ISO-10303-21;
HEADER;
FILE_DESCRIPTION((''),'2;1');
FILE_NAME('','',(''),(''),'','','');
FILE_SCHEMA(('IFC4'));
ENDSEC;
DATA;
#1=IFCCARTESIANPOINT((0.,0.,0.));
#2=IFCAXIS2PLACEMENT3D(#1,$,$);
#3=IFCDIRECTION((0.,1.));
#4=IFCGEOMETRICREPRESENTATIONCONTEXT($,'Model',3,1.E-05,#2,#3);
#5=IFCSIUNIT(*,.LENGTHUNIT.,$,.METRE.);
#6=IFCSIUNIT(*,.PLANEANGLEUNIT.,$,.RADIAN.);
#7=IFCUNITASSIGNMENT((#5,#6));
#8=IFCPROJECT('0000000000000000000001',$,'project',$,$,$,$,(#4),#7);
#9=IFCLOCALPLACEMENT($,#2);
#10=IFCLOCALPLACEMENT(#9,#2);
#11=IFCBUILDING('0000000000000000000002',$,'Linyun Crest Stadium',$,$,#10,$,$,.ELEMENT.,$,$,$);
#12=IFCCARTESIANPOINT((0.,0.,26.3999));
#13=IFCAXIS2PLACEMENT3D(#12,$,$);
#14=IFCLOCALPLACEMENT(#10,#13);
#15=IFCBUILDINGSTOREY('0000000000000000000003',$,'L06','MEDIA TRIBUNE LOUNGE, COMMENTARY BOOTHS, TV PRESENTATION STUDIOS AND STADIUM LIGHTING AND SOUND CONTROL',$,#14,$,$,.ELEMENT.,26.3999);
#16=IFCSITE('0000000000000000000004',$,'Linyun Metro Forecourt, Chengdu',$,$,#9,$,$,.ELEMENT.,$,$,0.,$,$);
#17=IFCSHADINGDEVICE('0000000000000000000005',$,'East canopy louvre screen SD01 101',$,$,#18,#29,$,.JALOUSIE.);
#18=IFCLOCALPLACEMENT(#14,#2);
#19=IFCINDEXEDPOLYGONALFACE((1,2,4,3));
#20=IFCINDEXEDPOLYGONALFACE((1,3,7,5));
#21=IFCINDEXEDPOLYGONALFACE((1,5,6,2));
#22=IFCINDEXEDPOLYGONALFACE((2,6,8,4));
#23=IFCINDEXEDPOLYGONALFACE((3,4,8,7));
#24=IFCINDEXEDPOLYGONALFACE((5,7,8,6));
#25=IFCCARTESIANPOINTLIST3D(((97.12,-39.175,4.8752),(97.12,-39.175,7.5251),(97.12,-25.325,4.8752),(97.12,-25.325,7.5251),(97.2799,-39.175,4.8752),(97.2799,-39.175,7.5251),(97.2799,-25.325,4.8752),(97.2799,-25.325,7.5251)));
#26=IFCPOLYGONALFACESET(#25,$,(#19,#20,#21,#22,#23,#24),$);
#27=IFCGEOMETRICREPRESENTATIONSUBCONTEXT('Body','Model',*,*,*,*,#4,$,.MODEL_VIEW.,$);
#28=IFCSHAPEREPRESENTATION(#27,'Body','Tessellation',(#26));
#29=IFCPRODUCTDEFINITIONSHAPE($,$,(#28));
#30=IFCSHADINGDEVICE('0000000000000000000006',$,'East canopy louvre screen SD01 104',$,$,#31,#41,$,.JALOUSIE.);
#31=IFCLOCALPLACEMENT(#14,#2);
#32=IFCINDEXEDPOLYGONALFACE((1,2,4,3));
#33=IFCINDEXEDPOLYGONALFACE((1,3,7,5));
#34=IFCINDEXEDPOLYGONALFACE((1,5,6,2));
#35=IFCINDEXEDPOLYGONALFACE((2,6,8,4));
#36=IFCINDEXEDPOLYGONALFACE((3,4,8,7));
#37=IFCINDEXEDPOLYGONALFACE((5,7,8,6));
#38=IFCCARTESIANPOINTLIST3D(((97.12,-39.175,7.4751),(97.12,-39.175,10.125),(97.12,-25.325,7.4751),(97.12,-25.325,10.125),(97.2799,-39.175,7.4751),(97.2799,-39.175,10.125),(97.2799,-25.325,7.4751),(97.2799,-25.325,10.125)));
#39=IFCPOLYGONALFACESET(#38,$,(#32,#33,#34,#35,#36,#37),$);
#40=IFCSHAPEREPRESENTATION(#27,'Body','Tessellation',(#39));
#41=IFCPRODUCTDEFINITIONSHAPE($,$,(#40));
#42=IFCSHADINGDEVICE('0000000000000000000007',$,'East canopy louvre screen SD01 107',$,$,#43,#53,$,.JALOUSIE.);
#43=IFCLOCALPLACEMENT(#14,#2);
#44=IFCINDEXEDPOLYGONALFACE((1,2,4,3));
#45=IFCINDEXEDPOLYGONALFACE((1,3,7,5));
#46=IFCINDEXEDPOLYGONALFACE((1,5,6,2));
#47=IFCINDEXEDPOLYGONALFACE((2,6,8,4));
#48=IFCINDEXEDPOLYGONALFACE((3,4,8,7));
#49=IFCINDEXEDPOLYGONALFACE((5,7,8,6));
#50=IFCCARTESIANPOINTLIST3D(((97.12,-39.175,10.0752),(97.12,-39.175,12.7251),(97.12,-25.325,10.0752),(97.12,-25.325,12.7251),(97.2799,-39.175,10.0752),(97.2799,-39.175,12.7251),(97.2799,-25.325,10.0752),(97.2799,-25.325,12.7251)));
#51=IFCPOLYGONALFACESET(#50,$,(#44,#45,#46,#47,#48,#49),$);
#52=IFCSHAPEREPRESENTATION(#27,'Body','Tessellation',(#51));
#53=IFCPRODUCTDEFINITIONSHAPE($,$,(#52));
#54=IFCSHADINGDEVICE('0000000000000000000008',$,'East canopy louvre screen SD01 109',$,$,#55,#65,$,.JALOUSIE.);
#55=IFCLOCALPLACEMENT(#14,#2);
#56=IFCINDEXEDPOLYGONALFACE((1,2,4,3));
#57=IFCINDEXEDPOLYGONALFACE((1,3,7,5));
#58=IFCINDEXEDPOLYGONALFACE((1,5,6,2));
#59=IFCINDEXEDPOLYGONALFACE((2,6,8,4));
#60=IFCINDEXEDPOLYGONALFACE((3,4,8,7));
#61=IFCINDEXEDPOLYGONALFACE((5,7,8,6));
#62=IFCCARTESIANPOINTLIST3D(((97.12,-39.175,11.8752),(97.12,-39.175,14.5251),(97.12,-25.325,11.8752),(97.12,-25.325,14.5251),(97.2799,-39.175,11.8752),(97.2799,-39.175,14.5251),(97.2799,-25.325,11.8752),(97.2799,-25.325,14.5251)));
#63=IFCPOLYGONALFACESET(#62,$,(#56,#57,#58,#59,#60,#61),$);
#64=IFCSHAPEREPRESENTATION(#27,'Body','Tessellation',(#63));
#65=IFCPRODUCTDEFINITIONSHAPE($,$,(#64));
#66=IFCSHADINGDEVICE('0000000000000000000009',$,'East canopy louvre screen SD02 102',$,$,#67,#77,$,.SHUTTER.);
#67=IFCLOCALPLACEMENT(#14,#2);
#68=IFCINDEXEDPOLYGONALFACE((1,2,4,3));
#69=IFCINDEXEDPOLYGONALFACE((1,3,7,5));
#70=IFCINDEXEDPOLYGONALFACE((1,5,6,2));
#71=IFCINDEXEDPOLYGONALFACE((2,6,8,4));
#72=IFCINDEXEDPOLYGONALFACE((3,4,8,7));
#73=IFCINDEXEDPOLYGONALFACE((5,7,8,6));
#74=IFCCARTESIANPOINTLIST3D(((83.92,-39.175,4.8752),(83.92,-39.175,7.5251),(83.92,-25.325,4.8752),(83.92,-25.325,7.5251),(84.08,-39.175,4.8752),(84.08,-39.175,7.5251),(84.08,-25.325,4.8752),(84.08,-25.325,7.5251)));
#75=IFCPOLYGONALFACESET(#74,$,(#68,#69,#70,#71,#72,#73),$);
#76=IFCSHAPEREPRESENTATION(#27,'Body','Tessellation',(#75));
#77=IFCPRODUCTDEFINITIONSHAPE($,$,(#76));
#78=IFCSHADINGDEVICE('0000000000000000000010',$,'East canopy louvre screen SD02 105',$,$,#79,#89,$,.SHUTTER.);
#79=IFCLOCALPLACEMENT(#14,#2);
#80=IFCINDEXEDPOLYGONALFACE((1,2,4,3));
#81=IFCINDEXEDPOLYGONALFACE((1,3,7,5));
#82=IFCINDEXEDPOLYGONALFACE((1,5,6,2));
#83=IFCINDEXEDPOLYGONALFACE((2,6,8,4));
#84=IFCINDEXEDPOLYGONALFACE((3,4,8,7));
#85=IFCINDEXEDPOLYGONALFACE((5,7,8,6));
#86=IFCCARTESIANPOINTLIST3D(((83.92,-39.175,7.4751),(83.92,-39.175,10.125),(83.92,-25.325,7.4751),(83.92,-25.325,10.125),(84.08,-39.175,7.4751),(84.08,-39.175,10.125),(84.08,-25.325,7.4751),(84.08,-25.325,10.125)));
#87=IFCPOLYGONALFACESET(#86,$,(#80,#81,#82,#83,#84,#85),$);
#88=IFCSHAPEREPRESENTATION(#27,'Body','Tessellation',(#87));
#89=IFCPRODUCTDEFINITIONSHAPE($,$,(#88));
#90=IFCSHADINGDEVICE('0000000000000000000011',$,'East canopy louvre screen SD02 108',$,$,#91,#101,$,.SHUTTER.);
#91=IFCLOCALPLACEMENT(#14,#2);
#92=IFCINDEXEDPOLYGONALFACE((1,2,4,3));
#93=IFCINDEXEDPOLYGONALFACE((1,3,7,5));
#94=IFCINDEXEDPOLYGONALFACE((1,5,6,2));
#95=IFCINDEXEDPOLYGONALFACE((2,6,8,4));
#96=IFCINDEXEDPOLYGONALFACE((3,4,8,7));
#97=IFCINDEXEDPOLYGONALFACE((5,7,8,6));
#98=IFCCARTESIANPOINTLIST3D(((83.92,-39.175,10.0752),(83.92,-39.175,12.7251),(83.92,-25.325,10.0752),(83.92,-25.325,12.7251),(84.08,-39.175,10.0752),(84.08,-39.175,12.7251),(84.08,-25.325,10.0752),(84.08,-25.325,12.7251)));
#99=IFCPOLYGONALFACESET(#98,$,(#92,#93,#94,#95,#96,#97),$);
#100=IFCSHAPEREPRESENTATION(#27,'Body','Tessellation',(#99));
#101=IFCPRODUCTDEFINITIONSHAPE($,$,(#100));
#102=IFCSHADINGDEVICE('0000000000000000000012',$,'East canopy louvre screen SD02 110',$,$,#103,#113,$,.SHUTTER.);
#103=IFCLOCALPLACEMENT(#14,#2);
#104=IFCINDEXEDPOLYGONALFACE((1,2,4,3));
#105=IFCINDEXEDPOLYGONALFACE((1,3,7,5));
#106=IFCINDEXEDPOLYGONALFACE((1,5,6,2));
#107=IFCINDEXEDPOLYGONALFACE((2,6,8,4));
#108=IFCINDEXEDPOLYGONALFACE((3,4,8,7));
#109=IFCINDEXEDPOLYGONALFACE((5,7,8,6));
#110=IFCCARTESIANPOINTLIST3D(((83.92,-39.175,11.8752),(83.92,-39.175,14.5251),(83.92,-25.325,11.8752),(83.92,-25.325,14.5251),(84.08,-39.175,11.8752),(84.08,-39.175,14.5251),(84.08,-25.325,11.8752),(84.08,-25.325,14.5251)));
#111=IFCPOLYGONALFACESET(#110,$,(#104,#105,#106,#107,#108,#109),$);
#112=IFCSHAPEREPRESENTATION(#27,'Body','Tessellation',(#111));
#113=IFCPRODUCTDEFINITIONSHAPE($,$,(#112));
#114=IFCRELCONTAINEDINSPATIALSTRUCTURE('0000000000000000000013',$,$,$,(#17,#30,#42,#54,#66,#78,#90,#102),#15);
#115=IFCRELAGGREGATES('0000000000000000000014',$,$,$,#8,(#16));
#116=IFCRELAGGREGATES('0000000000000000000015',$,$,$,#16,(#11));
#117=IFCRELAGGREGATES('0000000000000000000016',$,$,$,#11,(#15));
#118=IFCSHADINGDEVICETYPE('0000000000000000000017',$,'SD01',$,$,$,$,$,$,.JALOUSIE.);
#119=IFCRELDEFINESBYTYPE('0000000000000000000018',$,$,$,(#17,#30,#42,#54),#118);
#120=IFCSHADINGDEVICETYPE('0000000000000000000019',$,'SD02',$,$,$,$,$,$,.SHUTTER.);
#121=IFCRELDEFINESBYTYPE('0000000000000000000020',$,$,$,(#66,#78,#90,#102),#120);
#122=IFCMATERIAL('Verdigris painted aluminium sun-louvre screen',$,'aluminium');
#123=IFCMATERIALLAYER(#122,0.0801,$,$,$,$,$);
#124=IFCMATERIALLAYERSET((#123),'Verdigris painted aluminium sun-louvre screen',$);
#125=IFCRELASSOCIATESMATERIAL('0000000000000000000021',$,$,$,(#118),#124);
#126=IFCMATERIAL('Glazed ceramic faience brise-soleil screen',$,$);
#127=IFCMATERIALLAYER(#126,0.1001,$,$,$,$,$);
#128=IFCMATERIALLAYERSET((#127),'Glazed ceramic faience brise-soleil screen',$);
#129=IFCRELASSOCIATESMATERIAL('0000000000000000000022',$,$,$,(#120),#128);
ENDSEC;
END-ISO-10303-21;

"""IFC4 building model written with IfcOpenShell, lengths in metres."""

from ifc_helpers import new_model, si_unit, direction, frame, origin, origin_2d, place, context, subcontext, project, spatial, rectangle, extrude, material, layer, layer_set, type_object, element, save


model = new_model("IFC4")

# Units and contexts
model_context = context("Model", 3, precision=1e-05, world=origin(), true_north=direction((0.0, 1.0)))
body_context = subcontext(model_context, "Body", "Model", "MODEL_VIEW")
ifc_project = project(units=[si_unit("LENGTHUNIT", "METRE"), si_unit("PLANEANGLEUNIT", "RADIAN")], contexts=[model_context])

# Site, building, storey
site_placement = place(None, origin())
site = spatial("IfcSite", under=ifc_project, at=site_placement, Name="Linyun Metro Forecourt, Chengdu", CompositionType="ELEMENT", RefElevation=0.0)
building_placement = place(site_placement, origin())
building = spatial("IfcBuilding", under=site, at=building_placement, Name="Linyun Crest Stadium", CompositionType="ELEMENT")
storey_placement = place(building_placement, frame((0.0, 0.0, 26.3999)))
storey = spatial("IfcBuildingStorey", under=building, at=storey_placement, Name="L06", Description="MEDIA TRIBUNE LOUNGE, COMMENTARY BOOTHS, TV PRESENTATION STUDIOS AND STADIUM LIGHTING AND SOUND CONTROL", CompositionType="ELEMENT", Elevation=26.3999)

# Shading devices
ifc_material_1 = material(Name="Verdigris painted aluminium sun-louvre screen", Category="aluminium")
ifc_layer_1 = layer(ifc_material_1, 0.0801)
ifc_layer_set_1 = layer_set([ifc_layer_1], Name="Verdigris painted aluminium sun-louvre screen")
shading_device_type_1 = type_object("IfcShadingDeviceType", Name="SD01", PredefinedType="JALOUSIE", material=ifc_layer_set_1)
for number, where, z_axis, x_axis, name in (
    (1, (97.2, -32.25, 4.8752), (0.0, 0.0, 1.0), (1.0, 0.0, 0.0), "East canopy louvre screen SD01 101"),
    (2, (97.2, -32.25, 7.4751), (0.0, 0.0, 1.0), (1.0, 0.0, 0.0), "East canopy louvre screen SD01 104"),
    (3, (97.2, -32.25, 10.0752), (0.0, 0.0, 1.0), (1.0, 0.0, 0.0), "East canopy louvre screen SD01 107"),
    (4, (97.2, -32.25, 11.8752), (0.0, 0.0, 1.0), (1.0, 0.0, 0.0), "East canopy louvre screen SD01 109"),
):
    element("IfcShadingDevice", number, at=place(storey_placement, frame(where, z_axis=z_axis, x_axis=x_axis)), inside=storey, type_object=shading_device_type_1, Name=name, PredefinedType="JALOUSIE", context=body_context, shape_type="SweptSolid", body=[
        extrude(rectangle(XDim=0.1599, YDim=13.8501, at=origin_2d()), origin(), (0.0, 0.0, 1.0), 2.6499),
    ])
ifc_material_2 = material(Name="Glazed ceramic faience brise-soleil screen")
ifc_layer_2 = layer(ifc_material_2, 0.1001)
ifc_layer_set_2 = layer_set([ifc_layer_2], Name="Glazed ceramic faience brise-soleil screen")
shading_device_type_2 = type_object("IfcShadingDeviceType", Name="SD02", PredefinedType="SHUTTER", material=ifc_layer_set_2)
for number, where, z_axis, x_axis, name in (
    (5, (84.0, -32.25, 4.8752), (0.0, 0.0, 1.0), (1.0, 0.0, 0.0), "East canopy louvre screen SD02 102"),
    (6, (84.0, -32.25, 7.4751), (0.0, 0.0, 1.0), (1.0, 0.0, 0.0), "East canopy louvre screen SD02 105"),
    (7, (84.0, -32.25, 10.0752), (0.0, 0.0, 1.0), (1.0, 0.0, 0.0), "East canopy louvre screen SD02 108"),
    (8, (84.0, -32.25, 11.8752), (0.0, 0.0, 1.0), (1.0, 0.0, 0.0), "East canopy louvre screen SD02 110"),
):
    element("IfcShadingDevice", number, at=place(storey_placement, frame(where, z_axis=z_axis, x_axis=x_axis)), inside=storey, type_object=shading_device_type_2, Name=name, PredefinedType="SHUTTER", context=body_context, shape_type="SweptSolid", body=[
        extrude(rectangle(XDim=0.1599, YDim=13.8501, at=origin_2d()), origin(), (0.0, 0.0, 1.0), 2.6499),
    ])

save(model, "model.ifc")
